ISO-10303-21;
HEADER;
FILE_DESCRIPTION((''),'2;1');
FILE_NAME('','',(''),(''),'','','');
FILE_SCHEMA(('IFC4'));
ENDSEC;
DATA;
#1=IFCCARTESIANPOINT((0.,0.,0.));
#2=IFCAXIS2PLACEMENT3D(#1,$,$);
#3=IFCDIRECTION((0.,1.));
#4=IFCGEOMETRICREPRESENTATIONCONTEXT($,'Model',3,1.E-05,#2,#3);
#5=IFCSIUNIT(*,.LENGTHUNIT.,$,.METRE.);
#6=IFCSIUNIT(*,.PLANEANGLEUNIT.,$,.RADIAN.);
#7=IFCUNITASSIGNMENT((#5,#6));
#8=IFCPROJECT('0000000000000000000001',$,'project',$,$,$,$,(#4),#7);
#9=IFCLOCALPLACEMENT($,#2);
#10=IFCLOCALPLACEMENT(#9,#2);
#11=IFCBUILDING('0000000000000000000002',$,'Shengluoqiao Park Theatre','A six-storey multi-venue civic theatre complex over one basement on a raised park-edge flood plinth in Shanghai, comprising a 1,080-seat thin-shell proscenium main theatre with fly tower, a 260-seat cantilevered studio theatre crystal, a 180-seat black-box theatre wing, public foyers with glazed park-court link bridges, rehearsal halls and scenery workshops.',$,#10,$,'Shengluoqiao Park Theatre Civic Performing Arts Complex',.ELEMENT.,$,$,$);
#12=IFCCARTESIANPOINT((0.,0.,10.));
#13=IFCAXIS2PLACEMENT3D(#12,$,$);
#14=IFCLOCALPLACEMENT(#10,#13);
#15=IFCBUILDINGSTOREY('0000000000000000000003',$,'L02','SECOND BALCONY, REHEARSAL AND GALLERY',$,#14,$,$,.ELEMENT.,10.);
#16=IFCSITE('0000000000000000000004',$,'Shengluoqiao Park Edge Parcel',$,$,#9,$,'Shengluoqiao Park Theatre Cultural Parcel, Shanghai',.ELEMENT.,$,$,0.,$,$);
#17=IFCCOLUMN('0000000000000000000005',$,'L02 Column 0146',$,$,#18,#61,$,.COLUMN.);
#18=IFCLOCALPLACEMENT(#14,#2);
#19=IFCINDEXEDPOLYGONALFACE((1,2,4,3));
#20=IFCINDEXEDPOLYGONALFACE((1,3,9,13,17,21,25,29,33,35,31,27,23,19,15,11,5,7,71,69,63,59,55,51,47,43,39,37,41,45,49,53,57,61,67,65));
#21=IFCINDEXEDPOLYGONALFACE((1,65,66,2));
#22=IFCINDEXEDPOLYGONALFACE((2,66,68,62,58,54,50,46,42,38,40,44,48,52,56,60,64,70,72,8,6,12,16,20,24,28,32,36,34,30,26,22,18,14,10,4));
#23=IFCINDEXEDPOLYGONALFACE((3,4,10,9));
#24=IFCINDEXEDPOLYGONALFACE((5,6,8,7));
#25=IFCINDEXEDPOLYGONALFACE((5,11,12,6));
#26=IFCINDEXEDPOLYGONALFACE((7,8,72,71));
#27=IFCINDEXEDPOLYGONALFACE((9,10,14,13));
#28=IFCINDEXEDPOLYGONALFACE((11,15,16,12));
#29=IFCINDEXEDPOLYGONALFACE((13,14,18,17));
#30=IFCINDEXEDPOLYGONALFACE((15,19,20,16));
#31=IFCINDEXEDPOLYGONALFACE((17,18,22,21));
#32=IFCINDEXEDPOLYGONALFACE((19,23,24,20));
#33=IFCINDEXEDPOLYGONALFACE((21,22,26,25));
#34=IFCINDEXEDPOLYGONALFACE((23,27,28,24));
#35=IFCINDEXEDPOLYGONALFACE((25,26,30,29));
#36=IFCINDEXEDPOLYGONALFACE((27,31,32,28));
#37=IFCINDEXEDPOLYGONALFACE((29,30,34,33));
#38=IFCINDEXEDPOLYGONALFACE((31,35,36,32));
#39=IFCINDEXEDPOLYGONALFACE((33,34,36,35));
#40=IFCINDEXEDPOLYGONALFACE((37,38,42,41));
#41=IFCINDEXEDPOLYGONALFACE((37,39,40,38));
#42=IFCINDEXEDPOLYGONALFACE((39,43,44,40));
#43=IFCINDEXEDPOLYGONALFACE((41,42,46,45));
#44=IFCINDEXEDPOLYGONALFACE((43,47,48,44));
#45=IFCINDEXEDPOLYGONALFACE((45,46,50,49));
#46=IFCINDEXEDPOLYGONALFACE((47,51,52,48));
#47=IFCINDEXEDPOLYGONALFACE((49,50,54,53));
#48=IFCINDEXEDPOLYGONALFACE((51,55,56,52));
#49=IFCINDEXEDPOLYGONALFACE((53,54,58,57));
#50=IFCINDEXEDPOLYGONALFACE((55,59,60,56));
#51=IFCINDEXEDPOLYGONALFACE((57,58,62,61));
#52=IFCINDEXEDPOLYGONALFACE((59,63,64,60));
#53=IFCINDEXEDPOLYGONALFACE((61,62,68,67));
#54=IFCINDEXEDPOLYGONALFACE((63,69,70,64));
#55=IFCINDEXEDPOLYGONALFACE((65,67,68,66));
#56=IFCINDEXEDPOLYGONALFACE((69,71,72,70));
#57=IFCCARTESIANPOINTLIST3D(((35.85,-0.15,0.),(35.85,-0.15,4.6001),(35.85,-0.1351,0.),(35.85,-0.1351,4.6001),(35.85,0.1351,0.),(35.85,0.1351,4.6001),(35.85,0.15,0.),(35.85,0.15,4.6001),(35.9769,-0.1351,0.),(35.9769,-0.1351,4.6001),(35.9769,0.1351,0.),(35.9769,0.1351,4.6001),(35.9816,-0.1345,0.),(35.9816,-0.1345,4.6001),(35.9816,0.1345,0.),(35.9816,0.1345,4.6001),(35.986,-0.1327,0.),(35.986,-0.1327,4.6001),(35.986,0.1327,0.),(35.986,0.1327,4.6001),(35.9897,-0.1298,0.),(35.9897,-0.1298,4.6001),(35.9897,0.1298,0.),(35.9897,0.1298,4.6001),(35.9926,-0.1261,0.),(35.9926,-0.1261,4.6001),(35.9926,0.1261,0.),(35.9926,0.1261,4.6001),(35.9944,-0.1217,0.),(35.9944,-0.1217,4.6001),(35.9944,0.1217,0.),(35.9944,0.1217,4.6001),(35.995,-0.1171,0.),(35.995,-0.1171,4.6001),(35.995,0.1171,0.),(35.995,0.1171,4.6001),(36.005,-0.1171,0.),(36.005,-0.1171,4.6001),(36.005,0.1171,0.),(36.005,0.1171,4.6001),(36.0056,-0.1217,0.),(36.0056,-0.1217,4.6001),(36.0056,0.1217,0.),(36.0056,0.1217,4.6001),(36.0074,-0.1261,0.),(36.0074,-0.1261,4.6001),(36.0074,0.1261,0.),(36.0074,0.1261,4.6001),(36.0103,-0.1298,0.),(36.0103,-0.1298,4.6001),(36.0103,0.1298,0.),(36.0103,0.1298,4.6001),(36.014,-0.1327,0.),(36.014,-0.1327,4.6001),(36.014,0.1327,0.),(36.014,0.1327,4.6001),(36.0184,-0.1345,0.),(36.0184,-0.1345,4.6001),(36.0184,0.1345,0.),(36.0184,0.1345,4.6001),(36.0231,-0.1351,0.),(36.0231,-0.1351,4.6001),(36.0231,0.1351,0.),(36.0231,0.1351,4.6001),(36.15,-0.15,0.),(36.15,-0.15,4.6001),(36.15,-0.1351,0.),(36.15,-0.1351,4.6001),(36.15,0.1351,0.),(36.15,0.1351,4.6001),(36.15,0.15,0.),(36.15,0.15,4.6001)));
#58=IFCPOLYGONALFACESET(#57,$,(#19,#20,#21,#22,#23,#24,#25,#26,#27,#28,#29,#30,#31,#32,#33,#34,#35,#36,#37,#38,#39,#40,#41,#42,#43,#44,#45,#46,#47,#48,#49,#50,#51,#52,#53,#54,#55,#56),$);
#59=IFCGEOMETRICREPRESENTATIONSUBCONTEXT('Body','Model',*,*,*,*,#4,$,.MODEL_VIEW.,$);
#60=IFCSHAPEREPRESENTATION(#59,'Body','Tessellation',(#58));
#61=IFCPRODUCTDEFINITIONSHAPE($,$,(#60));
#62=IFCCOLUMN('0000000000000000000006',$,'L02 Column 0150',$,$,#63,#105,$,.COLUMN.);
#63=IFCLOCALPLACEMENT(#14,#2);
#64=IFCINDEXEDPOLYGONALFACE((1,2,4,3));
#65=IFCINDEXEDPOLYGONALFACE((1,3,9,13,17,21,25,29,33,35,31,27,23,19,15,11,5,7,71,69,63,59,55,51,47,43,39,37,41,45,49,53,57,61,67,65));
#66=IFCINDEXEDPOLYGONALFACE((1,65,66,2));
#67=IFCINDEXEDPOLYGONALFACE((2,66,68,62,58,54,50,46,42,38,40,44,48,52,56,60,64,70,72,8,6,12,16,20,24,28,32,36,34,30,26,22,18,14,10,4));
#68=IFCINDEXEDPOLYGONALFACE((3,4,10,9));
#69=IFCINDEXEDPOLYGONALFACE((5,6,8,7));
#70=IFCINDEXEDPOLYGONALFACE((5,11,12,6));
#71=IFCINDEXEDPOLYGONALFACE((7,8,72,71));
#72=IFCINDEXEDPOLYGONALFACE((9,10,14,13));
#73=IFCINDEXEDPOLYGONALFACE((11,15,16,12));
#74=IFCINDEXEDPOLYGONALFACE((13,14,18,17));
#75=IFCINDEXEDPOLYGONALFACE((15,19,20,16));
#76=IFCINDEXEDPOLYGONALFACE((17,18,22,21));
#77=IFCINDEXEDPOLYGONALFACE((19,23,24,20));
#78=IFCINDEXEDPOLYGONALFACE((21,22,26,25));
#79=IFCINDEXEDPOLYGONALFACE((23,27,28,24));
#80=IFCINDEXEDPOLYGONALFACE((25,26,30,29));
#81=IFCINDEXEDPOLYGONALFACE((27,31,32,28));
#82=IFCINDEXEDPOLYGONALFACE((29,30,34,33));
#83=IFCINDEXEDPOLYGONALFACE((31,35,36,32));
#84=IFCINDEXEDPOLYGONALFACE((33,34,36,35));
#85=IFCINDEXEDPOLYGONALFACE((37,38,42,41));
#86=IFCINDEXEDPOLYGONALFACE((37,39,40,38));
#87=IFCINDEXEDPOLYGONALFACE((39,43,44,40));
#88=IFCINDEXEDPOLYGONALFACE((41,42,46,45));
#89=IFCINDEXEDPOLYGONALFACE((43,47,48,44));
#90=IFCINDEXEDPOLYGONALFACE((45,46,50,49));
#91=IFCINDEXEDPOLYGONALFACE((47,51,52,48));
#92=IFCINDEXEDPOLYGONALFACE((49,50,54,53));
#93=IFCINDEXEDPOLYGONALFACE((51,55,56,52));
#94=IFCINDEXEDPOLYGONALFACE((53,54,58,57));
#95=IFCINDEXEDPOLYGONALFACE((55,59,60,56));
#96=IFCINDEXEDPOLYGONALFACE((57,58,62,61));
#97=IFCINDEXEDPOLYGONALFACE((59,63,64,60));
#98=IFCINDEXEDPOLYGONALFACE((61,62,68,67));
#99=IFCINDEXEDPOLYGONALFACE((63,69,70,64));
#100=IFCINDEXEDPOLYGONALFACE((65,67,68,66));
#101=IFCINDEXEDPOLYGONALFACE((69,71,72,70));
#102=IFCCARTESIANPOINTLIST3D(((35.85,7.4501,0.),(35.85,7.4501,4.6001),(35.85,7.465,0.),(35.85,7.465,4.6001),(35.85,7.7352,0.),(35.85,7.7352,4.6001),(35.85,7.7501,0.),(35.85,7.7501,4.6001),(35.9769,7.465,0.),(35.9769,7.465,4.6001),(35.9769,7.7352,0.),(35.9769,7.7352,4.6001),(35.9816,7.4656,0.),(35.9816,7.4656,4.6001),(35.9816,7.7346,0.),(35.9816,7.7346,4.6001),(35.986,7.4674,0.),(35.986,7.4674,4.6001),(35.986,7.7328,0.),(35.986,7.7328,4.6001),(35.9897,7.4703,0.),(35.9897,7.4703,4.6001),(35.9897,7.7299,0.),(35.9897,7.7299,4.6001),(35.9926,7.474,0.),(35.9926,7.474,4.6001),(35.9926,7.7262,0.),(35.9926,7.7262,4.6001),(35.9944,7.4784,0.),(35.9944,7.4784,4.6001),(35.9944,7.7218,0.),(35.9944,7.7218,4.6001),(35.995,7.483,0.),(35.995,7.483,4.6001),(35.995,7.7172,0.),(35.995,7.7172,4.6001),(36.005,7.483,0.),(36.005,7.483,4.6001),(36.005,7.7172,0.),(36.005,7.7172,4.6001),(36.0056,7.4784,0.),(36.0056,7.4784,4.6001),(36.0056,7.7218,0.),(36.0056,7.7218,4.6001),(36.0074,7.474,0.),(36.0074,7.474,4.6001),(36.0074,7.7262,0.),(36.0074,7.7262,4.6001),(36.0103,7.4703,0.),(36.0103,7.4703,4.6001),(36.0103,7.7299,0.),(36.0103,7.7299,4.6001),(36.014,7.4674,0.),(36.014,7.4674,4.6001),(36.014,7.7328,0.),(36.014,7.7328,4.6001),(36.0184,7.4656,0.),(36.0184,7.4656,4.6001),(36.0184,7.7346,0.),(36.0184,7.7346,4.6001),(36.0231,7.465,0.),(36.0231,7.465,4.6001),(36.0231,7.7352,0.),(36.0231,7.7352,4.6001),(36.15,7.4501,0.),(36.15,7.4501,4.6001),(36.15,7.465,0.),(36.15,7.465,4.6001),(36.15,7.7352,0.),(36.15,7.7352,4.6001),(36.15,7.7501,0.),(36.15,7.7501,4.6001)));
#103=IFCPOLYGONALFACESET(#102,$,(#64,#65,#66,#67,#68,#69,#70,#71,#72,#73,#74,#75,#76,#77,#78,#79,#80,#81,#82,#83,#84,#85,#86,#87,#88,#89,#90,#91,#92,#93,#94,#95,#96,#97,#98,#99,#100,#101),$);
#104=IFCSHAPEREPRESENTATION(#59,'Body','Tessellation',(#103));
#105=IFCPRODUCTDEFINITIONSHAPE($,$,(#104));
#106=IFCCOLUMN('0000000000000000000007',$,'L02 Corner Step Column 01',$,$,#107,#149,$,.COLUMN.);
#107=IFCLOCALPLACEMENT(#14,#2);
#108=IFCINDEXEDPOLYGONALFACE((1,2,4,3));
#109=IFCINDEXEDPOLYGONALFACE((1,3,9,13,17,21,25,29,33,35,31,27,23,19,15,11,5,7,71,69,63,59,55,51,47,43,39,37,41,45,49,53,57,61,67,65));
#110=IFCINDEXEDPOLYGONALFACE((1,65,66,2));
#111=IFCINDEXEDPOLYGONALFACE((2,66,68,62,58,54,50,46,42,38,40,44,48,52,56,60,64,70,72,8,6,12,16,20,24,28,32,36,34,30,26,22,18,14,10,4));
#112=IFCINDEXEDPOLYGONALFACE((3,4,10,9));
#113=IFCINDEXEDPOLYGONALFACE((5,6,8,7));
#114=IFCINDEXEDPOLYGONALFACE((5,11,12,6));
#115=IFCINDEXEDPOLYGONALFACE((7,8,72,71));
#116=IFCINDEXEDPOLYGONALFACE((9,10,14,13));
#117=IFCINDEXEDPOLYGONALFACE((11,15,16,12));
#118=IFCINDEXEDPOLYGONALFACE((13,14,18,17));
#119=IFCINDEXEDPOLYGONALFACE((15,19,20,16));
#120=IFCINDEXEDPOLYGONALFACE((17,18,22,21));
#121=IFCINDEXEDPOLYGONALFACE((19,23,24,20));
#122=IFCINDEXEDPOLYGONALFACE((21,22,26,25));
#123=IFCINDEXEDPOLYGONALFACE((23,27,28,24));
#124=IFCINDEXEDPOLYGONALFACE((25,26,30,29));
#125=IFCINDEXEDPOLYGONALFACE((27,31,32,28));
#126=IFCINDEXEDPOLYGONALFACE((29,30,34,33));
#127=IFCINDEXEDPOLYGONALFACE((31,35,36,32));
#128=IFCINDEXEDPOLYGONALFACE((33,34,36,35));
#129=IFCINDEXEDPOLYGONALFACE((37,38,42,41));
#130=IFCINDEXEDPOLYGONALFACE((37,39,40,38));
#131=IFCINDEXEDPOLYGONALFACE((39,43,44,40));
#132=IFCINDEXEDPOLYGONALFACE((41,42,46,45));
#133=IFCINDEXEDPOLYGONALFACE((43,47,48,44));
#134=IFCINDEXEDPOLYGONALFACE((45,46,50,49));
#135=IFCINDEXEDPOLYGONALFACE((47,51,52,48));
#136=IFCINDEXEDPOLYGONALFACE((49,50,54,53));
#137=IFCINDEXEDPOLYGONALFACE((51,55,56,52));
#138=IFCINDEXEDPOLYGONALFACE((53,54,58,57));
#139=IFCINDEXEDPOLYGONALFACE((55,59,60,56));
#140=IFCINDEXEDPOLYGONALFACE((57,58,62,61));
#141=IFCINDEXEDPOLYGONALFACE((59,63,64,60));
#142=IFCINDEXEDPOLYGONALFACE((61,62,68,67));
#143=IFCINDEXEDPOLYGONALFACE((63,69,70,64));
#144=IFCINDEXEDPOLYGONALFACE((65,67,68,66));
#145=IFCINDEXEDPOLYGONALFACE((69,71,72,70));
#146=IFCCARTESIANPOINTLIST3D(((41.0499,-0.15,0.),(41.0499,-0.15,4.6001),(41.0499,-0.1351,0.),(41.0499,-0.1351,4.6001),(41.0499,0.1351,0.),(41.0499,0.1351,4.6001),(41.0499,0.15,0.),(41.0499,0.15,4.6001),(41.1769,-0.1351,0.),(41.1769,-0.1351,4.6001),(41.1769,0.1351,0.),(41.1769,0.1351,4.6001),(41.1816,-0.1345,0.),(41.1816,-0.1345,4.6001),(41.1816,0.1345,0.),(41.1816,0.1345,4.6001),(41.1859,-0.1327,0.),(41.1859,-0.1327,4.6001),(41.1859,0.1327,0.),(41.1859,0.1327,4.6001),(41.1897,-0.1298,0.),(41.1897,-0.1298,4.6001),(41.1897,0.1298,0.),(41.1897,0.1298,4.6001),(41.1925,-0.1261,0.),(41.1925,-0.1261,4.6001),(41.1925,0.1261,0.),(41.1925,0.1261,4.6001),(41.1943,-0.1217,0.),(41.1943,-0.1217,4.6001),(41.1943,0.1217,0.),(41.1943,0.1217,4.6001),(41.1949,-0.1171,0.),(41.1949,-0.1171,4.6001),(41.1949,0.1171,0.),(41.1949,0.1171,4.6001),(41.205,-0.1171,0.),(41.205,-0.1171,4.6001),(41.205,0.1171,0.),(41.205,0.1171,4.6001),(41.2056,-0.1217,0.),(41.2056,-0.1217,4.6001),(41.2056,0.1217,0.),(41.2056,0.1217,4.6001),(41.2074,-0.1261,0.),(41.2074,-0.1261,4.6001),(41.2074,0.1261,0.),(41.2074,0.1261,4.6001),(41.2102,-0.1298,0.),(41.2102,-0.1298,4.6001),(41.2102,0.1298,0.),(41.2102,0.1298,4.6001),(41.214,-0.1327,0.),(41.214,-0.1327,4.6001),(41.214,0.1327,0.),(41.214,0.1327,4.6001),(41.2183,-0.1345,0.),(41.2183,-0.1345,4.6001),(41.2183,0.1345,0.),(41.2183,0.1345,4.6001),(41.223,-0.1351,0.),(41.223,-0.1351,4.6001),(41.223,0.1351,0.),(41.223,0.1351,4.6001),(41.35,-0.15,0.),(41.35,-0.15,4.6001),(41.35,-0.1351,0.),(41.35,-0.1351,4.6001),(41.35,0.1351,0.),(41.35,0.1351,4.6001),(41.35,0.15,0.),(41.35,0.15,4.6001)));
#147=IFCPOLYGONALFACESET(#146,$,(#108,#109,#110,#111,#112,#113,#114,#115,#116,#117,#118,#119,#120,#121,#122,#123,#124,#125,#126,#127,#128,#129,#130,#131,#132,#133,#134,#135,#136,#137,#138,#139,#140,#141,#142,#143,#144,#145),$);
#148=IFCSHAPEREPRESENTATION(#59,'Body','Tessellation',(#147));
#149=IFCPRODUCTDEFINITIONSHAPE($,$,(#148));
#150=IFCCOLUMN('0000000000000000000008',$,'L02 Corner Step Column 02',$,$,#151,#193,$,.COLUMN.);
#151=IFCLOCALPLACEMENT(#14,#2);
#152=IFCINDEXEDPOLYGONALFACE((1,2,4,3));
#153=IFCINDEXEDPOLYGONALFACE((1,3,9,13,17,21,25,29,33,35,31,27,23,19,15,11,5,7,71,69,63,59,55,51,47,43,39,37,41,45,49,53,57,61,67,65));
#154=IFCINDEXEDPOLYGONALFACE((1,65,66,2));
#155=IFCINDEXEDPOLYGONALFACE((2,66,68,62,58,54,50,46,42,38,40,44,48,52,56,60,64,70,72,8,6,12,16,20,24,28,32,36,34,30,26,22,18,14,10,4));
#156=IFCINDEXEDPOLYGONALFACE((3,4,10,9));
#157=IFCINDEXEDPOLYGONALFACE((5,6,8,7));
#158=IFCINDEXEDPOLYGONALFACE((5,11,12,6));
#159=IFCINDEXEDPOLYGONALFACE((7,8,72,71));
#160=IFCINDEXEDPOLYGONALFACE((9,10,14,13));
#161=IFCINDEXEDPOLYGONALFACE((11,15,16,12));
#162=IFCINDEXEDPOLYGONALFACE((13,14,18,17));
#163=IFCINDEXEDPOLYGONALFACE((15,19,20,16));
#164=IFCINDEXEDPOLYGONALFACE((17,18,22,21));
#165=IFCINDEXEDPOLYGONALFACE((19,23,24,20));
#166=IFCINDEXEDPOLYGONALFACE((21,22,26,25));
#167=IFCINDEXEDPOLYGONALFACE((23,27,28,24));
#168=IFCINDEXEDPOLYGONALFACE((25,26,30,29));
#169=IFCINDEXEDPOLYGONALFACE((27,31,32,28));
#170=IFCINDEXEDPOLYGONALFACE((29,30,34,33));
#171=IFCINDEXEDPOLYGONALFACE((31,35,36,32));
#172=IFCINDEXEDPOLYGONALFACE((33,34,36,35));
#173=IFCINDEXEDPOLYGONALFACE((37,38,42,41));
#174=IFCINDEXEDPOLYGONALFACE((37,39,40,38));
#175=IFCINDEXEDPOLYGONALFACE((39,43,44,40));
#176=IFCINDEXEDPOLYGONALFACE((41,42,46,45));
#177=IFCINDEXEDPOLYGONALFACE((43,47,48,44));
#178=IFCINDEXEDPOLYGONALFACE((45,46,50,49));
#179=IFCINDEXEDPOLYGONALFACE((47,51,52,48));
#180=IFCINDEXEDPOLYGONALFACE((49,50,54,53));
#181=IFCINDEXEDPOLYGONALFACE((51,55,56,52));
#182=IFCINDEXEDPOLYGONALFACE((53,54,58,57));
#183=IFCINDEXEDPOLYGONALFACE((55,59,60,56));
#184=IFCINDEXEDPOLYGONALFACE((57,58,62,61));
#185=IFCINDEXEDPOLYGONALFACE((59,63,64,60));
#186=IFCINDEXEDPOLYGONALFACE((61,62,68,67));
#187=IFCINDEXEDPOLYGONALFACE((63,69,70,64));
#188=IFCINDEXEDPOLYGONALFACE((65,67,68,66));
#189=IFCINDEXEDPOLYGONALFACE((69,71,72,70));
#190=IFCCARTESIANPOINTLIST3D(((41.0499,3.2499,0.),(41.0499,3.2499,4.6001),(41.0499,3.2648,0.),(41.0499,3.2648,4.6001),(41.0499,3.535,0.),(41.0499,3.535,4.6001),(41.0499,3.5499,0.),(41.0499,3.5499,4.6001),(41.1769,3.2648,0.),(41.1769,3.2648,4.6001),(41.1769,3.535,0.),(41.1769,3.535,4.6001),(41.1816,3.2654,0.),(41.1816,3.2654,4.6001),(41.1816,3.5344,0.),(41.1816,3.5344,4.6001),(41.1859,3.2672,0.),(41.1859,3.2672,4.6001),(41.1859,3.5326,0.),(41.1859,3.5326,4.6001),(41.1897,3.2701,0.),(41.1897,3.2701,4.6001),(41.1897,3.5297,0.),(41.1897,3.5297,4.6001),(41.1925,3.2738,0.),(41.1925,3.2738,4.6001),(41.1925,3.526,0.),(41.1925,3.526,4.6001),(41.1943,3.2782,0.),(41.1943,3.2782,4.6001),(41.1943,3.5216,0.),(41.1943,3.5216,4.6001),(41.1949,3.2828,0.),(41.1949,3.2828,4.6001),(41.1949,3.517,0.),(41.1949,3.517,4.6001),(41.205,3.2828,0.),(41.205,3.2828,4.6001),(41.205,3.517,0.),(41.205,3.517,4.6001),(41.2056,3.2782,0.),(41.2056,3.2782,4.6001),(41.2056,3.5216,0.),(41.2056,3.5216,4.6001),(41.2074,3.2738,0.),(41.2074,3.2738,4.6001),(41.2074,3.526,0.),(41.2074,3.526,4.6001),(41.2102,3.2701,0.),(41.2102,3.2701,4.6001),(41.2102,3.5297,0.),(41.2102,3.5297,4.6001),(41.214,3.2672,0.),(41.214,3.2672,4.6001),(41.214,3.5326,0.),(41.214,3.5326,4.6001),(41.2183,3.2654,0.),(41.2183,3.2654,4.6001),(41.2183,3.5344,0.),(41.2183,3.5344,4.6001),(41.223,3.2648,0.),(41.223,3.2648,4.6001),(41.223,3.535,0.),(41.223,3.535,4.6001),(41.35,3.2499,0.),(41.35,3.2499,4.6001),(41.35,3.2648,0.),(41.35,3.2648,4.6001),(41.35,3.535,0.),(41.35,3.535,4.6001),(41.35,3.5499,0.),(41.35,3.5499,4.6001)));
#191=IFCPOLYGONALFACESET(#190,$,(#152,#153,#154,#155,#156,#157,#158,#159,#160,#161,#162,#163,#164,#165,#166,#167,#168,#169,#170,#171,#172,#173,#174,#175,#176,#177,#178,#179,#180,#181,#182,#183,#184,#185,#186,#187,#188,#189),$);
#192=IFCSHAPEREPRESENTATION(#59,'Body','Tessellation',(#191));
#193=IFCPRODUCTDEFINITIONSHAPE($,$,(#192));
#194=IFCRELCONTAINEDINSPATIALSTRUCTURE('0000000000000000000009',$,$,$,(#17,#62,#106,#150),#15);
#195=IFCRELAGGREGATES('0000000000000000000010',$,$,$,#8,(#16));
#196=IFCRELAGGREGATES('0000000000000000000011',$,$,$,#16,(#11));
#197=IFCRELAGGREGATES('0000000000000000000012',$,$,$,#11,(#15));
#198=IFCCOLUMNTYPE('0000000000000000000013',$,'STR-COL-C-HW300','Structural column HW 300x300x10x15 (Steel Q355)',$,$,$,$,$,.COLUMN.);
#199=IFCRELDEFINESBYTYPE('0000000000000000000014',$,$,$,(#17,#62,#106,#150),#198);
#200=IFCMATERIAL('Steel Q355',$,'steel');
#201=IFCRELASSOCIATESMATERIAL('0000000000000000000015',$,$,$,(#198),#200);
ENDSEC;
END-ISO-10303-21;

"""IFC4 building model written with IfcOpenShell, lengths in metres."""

from ifc_helpers import new_model, si_unit, direction, frame, origin, origin_2d, place, context, subcontext, project, spatial, i_section, extrude, material, material_profile, profile_set, type_object, element, save


model = new_model("IFC4")

# Units and contexts
model_context = context("Model", 3, precision=1e-05, world=origin(), true_north=direction((0.0, 1.0)))
body_context = subcontext(model_context, "Body", "Model", "MODEL_VIEW")
ifc_project = project(units=[si_unit("LENGTHUNIT", "METRE"), si_unit("PLANEANGLEUNIT", "RADIAN")], contexts=[model_context])

# Site, building, storey
site_placement = place(None, origin())
site = spatial("IfcSite", under=ifc_project, at=site_placement, Name="Shengluoqiao Park Edge Parcel", LongName="Shengluoqiao Park Theatre Cultural Parcel, Shanghai", CompositionType="ELEMENT", RefElevation=0.0)
building_placement = place(site_placement, origin())
building = spatial("IfcBuilding", under=site, at=building_placement, Name="Shengluoqiao Park Theatre", Description="A six-storey multi-venue civic theatre complex over one basement on a raised park-edge flood plinth in Shanghai, comprising a 1,080-seat thin-shell proscenium main theatre with fly tower, a 260-seat cantilevered studio theatre crystal, a 180-seat black-box theatre wing, public foyers with glazed park-court link bridges, rehearsal halls and scenery workshops.", LongName="Shengluoqiao Park Theatre Civic Performing Arts Complex", CompositionType="ELEMENT")
storey_placement = place(building_placement, frame((0.0, 0.0, 10.0)))
storey = spatial("IfcBuildingStorey", under=building, at=storey_placement, Name="L02", Description="SECOND BALCONY, REHEARSAL AND GALLERY", CompositionType="ELEMENT", Elevation=10.0)

# Columns
ifc_material_1 = material(Name="Steel Q355", Category="steel")
ifc_material_profile_1 = material_profile(ifc_material_1, i_section(OverallWidth=0.3, OverallDepth=0.3, WebThickness=0.01, FlangeThickness=0.0149, FilletRadius=0.0181, at=origin_2d()), Name="HW 300x300x10x15")
ifc_profile_set_1 = profile_set([ifc_material_profile_1], Name="Steel Q355")
column_type = type_object("IfcColumnType", Name="STR-COL-C-HW300", Description="Structural column HW 300x300x10x15 (Steel Q355)", PredefinedType="COLUMN", material=ifc_profile_set_1)
for number, where, z_axis, x_axis, name in (
    (1, (36.0, 0.0, 0.0), (0.0, 0.0, 1.0), (1.0, 0.0, 0.0), "L02 Column 0146"),
    (2, (36.0, 7.6001, 0.0), (0.0, 0.0, 1.0), (1.0, 0.0, 0.0), "L02 Column 0150"),
    (3, (41.2, 0.0, 0.0), (0.0, 0.0, 1.0), (1.0, 0.0, 0.0), "L02 Corner Step Column 01"),
    (4, (41.2, 3.3999, 0.0), (0.0, 0.0, 1.0), (1.0, 0.0, 0.0), "L02 Corner Step Column 02"),
):
    element("IfcColumn", number, at=place(storey_placement, frame(where, z_axis=z_axis, x_axis=x_axis)), inside=storey, type_object=column_type, Name=name, PredefinedType="COLUMN", context=body_context, shape_type="SweptSolid", body=[
        extrude(i_section(OverallWidth=0.3, OverallDepth=0.3, WebThickness=0.01, FlangeThickness=0.0149, FilletRadius=0.0181, at=origin_2d()), origin(), (0.0, 0.0, 1.0), 4.6001),
    ])

save(model, "model.ifc")
